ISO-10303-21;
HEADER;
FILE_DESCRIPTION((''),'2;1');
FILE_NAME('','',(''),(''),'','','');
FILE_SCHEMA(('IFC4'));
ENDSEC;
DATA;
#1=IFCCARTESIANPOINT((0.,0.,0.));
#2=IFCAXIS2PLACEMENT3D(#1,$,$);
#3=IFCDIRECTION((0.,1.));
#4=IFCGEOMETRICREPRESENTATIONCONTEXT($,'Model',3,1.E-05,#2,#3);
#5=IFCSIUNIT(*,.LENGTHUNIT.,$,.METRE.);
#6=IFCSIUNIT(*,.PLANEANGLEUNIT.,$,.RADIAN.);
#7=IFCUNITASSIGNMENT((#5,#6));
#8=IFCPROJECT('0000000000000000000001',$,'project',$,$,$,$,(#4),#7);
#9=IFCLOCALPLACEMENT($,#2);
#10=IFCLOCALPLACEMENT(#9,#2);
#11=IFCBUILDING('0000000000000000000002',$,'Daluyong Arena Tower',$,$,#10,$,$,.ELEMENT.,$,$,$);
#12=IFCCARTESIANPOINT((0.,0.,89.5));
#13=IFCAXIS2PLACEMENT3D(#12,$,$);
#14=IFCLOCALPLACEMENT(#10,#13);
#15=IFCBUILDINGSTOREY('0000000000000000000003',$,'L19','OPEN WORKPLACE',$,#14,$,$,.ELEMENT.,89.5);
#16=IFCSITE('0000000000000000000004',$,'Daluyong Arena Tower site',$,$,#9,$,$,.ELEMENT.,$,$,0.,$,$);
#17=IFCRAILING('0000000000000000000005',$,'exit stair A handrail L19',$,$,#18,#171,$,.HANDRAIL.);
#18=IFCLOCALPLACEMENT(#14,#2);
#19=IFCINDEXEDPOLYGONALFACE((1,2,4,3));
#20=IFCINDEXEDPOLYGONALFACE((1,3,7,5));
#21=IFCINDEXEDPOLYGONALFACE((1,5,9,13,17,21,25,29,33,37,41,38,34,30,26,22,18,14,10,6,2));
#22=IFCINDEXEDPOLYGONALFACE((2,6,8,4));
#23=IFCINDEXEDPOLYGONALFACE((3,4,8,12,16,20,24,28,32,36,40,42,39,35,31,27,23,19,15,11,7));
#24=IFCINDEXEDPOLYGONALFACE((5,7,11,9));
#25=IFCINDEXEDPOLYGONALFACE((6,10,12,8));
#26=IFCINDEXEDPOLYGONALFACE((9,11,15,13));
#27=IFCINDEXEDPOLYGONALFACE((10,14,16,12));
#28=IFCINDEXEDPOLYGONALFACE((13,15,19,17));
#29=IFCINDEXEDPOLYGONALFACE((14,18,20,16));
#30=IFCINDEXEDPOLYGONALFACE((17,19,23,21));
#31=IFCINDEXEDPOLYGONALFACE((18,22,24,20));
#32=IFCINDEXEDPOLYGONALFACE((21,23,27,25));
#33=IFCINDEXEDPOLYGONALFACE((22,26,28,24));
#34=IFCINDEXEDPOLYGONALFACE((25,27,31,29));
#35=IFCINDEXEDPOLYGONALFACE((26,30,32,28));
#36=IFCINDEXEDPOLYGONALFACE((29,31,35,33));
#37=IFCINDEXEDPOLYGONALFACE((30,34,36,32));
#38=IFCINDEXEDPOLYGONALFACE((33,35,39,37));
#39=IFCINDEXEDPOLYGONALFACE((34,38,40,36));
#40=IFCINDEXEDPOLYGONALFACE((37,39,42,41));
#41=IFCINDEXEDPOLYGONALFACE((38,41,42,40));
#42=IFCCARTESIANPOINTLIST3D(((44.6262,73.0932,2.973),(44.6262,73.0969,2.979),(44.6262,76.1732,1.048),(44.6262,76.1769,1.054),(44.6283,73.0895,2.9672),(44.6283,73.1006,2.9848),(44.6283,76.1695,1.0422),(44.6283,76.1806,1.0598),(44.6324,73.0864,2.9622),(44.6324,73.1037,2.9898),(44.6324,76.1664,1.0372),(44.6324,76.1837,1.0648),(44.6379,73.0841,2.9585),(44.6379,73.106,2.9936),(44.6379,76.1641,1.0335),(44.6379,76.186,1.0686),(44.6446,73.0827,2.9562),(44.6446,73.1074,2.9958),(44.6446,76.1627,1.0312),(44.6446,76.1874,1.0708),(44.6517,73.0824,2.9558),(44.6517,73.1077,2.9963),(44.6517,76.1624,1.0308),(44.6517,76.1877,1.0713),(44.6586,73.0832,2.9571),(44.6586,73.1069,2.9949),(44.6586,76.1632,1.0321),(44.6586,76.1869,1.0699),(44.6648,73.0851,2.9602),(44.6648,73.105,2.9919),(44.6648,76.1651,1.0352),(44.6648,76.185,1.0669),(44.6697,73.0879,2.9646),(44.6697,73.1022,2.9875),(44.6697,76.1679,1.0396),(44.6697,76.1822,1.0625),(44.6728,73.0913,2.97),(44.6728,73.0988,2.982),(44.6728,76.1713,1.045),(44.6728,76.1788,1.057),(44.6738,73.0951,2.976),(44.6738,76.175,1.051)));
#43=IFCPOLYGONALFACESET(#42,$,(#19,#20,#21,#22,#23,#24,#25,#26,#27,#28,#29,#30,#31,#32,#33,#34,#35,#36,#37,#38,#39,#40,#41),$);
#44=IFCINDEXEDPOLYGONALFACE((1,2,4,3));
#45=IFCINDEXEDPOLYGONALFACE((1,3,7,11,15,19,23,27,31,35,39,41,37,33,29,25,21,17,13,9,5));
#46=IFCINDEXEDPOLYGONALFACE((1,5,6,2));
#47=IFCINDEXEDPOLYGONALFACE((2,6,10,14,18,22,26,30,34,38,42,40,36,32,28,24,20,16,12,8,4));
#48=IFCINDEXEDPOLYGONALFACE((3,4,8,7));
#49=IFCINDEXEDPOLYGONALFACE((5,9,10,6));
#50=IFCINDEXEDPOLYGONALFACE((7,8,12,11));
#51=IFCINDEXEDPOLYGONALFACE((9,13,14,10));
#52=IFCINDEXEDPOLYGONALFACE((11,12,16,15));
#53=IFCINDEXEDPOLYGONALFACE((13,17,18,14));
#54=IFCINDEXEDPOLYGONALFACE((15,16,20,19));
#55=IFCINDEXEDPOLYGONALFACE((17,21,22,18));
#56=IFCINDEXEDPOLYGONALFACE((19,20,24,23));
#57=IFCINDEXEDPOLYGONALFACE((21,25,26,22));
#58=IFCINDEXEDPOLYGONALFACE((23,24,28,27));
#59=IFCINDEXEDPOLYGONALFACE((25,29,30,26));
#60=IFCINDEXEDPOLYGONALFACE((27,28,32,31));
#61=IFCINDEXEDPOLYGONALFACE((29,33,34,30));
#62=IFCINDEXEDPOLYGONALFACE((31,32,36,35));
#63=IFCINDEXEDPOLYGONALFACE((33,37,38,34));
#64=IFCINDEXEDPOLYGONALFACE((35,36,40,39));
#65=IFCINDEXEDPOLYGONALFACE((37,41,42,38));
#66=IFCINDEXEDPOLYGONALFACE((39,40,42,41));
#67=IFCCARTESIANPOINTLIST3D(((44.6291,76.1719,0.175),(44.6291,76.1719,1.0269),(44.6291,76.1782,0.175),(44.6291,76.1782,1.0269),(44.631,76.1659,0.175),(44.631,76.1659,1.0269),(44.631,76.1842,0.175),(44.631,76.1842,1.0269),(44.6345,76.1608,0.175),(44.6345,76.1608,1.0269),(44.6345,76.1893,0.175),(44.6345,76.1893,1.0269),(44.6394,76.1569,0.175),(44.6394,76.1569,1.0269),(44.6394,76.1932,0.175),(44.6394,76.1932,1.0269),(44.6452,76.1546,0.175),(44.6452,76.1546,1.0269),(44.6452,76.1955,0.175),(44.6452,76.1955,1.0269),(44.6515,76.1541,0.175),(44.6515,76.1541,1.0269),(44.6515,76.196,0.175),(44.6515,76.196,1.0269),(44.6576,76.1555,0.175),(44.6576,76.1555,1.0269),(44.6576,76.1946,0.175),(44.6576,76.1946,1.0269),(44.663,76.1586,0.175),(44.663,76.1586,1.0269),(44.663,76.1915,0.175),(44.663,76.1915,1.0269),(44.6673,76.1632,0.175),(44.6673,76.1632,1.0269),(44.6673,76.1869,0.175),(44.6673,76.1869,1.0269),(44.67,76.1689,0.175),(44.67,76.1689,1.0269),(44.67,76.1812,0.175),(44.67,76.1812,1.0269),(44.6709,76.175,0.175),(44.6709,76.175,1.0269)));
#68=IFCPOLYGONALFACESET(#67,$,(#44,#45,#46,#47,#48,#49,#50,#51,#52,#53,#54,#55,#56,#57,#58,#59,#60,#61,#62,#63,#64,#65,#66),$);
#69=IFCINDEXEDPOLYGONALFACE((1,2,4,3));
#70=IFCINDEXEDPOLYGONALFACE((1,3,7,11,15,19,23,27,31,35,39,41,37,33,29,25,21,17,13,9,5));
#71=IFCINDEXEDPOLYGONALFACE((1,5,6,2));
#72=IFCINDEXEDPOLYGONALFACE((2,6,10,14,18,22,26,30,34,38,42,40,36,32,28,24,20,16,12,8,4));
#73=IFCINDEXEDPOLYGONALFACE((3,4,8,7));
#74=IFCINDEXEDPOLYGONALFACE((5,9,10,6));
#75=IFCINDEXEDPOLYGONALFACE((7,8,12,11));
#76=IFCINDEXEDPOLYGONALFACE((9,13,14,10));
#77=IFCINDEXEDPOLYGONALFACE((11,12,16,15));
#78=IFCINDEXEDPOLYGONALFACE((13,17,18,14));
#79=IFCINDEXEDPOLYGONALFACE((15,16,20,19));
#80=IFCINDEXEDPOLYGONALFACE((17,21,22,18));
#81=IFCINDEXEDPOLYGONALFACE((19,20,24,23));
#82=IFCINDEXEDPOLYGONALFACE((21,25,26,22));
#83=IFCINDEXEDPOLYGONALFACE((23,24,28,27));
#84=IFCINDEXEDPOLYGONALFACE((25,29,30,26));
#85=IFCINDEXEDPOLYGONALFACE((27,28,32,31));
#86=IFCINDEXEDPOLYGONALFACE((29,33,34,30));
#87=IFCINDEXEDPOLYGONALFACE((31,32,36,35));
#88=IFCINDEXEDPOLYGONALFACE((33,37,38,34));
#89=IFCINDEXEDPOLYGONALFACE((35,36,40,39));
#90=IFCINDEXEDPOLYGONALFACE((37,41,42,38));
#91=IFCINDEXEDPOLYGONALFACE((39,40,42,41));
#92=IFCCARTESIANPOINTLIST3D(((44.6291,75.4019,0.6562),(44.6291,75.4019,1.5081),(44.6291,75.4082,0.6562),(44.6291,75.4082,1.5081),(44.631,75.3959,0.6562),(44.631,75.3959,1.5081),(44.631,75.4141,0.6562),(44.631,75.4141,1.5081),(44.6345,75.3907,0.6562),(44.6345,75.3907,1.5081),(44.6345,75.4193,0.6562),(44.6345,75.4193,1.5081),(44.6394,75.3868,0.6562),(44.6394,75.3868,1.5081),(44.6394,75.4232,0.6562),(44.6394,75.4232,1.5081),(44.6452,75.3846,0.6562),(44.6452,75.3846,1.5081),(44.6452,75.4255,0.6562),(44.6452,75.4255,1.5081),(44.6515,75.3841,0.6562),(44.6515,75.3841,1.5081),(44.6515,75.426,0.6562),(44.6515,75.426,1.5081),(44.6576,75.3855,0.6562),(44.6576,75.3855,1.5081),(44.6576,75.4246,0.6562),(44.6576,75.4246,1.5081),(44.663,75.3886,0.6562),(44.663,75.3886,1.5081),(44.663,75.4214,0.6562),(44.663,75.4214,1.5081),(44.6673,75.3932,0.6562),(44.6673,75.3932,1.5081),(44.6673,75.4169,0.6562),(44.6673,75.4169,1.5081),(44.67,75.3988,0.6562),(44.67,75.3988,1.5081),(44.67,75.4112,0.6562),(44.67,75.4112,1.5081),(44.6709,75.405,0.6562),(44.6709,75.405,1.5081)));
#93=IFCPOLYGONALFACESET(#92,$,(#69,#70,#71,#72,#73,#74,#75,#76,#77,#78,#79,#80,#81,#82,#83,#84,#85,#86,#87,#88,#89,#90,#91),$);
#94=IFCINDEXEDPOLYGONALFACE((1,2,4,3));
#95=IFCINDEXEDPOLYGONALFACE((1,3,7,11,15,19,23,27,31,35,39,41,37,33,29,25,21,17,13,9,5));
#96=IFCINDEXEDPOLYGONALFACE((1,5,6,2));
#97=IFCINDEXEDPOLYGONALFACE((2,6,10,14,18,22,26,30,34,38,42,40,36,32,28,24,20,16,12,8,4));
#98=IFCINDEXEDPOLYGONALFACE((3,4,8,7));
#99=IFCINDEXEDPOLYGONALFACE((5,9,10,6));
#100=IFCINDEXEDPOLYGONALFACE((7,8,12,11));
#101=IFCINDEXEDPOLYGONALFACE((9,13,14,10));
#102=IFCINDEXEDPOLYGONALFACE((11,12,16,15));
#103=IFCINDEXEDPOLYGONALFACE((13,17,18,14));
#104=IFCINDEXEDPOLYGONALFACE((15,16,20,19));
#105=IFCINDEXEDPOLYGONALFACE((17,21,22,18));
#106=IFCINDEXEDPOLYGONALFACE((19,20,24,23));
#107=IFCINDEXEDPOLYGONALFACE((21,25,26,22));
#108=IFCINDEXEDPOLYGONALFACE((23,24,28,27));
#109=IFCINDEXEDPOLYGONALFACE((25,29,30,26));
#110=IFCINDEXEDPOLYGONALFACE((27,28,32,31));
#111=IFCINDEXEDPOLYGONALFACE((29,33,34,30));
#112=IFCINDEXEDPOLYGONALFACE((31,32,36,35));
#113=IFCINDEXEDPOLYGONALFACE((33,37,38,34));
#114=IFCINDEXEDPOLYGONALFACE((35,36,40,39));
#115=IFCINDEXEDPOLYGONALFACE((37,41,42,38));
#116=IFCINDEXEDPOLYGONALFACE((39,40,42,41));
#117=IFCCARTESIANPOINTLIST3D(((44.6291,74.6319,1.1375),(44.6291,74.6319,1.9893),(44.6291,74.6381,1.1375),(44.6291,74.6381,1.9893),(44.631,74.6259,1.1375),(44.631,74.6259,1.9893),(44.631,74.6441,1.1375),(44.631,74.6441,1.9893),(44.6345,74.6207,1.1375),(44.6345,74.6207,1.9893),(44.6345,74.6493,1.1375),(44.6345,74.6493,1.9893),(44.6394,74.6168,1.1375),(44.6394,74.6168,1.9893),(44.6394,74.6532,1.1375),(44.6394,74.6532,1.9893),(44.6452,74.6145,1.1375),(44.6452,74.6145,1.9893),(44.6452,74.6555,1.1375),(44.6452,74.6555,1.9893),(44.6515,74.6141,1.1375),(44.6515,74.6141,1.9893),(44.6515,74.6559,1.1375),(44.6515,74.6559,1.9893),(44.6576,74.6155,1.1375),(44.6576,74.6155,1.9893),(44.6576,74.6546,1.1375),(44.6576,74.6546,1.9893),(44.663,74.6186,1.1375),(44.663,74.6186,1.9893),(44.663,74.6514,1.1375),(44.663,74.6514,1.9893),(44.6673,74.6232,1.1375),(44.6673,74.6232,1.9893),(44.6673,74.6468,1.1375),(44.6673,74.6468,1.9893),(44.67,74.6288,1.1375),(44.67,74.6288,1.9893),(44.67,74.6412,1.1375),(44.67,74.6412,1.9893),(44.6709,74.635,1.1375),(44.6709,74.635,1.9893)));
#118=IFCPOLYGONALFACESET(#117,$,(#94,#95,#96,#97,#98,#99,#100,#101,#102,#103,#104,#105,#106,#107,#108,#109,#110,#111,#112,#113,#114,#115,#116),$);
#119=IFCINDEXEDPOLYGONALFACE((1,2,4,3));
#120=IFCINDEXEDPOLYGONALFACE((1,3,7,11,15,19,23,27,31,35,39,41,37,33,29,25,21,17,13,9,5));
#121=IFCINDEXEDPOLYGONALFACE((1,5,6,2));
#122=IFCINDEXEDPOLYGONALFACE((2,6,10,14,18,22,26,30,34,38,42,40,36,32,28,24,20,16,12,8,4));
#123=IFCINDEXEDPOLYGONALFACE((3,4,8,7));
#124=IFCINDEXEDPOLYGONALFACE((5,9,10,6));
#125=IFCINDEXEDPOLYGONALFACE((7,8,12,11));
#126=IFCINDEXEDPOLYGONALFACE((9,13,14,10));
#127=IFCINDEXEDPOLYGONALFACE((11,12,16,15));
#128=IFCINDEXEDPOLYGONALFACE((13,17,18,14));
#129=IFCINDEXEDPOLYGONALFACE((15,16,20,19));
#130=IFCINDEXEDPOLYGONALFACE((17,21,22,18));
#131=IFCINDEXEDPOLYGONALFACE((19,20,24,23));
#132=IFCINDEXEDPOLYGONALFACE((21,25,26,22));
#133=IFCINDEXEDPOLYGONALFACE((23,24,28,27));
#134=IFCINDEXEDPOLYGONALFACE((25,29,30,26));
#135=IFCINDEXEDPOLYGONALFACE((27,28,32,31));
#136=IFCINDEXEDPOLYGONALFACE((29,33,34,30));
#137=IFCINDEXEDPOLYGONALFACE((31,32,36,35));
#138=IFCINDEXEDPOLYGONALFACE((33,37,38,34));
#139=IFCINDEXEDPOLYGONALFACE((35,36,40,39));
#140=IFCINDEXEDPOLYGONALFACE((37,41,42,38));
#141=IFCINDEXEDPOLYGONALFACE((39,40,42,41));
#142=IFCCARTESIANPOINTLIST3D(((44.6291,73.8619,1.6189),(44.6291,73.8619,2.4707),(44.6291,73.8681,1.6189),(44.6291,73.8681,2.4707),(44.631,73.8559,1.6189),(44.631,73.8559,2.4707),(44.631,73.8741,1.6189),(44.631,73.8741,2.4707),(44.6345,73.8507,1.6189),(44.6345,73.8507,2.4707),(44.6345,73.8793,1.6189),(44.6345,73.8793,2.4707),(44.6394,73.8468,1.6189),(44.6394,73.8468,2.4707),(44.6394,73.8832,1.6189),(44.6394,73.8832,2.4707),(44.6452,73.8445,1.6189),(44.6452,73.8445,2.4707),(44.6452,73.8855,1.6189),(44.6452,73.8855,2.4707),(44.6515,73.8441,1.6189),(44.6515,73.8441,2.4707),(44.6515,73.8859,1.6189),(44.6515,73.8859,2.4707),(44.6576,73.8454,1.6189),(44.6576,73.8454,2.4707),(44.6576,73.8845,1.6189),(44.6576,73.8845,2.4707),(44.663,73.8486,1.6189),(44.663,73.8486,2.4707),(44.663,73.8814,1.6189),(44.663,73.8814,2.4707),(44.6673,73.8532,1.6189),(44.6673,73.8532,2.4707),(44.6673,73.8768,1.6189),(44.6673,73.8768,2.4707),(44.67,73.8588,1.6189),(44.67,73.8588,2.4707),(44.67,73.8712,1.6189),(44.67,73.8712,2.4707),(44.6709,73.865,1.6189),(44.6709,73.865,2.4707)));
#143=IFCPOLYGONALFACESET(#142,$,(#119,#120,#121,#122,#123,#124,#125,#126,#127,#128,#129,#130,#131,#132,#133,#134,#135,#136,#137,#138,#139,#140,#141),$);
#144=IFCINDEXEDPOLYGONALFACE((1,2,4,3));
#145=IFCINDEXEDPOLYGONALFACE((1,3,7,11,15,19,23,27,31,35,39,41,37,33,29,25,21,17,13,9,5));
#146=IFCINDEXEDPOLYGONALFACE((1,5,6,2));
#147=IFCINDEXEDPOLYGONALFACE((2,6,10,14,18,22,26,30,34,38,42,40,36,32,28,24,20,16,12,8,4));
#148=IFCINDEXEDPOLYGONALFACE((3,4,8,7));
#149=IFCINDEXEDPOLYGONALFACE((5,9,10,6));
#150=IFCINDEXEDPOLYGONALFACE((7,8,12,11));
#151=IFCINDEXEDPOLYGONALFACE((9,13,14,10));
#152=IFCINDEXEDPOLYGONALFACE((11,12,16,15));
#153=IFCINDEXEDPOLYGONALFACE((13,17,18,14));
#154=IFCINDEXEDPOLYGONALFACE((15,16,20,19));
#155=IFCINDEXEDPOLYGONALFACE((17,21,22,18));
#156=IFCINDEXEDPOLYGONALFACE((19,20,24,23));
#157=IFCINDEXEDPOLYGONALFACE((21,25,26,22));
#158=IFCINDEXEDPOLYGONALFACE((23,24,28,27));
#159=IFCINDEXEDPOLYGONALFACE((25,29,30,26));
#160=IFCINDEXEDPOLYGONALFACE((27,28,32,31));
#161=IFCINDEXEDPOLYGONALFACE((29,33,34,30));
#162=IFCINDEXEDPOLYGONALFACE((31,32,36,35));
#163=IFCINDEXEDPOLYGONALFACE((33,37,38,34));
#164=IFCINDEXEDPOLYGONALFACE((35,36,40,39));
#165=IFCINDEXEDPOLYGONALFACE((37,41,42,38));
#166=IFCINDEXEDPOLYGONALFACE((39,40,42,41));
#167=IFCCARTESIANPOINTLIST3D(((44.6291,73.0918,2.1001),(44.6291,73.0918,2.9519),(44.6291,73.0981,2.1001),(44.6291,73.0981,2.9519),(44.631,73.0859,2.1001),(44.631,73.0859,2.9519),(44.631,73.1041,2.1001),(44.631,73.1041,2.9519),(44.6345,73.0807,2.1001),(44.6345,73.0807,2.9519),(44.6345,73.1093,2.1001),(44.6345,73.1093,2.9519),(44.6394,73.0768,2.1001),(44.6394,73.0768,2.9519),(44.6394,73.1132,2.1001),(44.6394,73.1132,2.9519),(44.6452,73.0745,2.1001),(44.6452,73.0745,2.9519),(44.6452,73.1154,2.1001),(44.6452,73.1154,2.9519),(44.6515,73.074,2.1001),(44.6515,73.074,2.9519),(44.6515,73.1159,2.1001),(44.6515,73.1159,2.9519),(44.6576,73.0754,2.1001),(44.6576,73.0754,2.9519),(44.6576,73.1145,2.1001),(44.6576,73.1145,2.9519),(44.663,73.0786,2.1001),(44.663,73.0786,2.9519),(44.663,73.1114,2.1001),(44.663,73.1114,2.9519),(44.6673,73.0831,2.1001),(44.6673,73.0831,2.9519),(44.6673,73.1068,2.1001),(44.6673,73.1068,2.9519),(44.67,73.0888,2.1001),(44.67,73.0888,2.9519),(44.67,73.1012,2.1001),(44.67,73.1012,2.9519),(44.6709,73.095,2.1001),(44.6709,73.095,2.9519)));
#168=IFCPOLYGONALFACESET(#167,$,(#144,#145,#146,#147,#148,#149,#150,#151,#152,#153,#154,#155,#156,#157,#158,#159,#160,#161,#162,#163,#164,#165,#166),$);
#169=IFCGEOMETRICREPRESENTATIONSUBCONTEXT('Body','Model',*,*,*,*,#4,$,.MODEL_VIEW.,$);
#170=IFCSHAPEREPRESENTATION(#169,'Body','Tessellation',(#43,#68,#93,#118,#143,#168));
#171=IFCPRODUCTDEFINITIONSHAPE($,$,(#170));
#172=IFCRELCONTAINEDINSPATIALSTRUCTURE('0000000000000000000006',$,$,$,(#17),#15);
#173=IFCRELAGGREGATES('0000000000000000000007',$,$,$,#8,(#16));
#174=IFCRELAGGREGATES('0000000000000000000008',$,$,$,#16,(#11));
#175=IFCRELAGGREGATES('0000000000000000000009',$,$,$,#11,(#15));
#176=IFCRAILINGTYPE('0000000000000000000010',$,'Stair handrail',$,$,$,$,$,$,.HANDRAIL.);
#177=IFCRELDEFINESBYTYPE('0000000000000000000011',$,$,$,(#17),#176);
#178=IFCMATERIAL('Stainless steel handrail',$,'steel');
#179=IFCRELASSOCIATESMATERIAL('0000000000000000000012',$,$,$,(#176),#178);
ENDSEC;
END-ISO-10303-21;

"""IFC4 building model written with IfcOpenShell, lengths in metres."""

from ifc_helpers import new_model, si_unit, direction, frame, origin, origin_2d, place, context, subcontext, project, spatial, circle, extrude, material, type_object, element, save


model = new_model("IFC4")

# Units and contexts
model_context = context("Model", 3, precision=1e-05, world=origin(), true_north=direction((0.0, 1.0)))
body_context = subcontext(model_context, "Body", "Model", "MODEL_VIEW")
ifc_project = project(units=[si_unit("LENGTHUNIT", "METRE"), si_unit("PLANEANGLEUNIT", "RADIAN")], contexts=[model_context])

# Site, building, storey
site_placement = place(None, origin())
site = spatial("IfcSite", under=ifc_project, at=site_placement, Name="Daluyong Arena Tower site", CompositionType="ELEMENT", RefElevation=0.0)
building_placement = place(site_placement, origin())
building = spatial("IfcBuilding", under=site, at=building_placement, Name="Daluyong Arena Tower", CompositionType="ELEMENT")
storey_placement = place(building_placement, frame((0.0, 0.0, 89.5)))
storey = spatial("IfcBuildingStorey", under=building, at=storey_placement, Name="L19", Description="OPEN WORKPLACE", CompositionType="ELEMENT", Elevation=89.5)

# Railing
ifc_material_1 = material(Name="Stainless steel handrail", Category="steel")
railing_type_1 = type_object("IfcRailingType", Name="Stair handrail", PredefinedType="HANDRAIL", material=ifc_material_1)
railing_1_placement = place(storey_placement, frame((44.6499, 76.175, 0.175)))
element("IfcRailing", 1, at=railing_1_placement, inside=storey, type_object=railing_type_1, Name="exit stair A handrail L19", PredefinedType="HANDRAIL", context=body_context, shape_type="SweptSolid", body=[
    extrude(circle(Radius=0.0239, at=origin_2d()), frame((0.0, 0.0, 0.876), z_axis=(0.0, -0.847998, 0.529999), x_axis=(1.0, 0.0, 0.0)), (0.0, 0.0, 1.0), 3.6321),
    extrude(circle(Radius=0.021, at=origin_2d()), origin(), (0.0, 0.0, 1.0), 0.8518),
    extrude(circle(Radius=0.021, at=origin_2d()), frame((0.0, -0.77, 0.4812)), (0.0, 0.0, 1.0), 0.8518),
    extrude(circle(Radius=0.021, at=origin_2d()), frame((0.0, -1.54, 0.9624)), (0.0, 0.0, 1.0), 0.8518),
    extrude(circle(Radius=0.021, at=origin_2d()), frame((0.0, -2.3101, 1.4438)), (0.0, 0.0, 1.0), 0.8518),
    extrude(circle(Radius=0.021, at=origin_2d()), frame((0.0, -3.0801, 1.925)), (0.0, 0.0, 1.0), 0.8518),
])

save(model, "model.ifc")
